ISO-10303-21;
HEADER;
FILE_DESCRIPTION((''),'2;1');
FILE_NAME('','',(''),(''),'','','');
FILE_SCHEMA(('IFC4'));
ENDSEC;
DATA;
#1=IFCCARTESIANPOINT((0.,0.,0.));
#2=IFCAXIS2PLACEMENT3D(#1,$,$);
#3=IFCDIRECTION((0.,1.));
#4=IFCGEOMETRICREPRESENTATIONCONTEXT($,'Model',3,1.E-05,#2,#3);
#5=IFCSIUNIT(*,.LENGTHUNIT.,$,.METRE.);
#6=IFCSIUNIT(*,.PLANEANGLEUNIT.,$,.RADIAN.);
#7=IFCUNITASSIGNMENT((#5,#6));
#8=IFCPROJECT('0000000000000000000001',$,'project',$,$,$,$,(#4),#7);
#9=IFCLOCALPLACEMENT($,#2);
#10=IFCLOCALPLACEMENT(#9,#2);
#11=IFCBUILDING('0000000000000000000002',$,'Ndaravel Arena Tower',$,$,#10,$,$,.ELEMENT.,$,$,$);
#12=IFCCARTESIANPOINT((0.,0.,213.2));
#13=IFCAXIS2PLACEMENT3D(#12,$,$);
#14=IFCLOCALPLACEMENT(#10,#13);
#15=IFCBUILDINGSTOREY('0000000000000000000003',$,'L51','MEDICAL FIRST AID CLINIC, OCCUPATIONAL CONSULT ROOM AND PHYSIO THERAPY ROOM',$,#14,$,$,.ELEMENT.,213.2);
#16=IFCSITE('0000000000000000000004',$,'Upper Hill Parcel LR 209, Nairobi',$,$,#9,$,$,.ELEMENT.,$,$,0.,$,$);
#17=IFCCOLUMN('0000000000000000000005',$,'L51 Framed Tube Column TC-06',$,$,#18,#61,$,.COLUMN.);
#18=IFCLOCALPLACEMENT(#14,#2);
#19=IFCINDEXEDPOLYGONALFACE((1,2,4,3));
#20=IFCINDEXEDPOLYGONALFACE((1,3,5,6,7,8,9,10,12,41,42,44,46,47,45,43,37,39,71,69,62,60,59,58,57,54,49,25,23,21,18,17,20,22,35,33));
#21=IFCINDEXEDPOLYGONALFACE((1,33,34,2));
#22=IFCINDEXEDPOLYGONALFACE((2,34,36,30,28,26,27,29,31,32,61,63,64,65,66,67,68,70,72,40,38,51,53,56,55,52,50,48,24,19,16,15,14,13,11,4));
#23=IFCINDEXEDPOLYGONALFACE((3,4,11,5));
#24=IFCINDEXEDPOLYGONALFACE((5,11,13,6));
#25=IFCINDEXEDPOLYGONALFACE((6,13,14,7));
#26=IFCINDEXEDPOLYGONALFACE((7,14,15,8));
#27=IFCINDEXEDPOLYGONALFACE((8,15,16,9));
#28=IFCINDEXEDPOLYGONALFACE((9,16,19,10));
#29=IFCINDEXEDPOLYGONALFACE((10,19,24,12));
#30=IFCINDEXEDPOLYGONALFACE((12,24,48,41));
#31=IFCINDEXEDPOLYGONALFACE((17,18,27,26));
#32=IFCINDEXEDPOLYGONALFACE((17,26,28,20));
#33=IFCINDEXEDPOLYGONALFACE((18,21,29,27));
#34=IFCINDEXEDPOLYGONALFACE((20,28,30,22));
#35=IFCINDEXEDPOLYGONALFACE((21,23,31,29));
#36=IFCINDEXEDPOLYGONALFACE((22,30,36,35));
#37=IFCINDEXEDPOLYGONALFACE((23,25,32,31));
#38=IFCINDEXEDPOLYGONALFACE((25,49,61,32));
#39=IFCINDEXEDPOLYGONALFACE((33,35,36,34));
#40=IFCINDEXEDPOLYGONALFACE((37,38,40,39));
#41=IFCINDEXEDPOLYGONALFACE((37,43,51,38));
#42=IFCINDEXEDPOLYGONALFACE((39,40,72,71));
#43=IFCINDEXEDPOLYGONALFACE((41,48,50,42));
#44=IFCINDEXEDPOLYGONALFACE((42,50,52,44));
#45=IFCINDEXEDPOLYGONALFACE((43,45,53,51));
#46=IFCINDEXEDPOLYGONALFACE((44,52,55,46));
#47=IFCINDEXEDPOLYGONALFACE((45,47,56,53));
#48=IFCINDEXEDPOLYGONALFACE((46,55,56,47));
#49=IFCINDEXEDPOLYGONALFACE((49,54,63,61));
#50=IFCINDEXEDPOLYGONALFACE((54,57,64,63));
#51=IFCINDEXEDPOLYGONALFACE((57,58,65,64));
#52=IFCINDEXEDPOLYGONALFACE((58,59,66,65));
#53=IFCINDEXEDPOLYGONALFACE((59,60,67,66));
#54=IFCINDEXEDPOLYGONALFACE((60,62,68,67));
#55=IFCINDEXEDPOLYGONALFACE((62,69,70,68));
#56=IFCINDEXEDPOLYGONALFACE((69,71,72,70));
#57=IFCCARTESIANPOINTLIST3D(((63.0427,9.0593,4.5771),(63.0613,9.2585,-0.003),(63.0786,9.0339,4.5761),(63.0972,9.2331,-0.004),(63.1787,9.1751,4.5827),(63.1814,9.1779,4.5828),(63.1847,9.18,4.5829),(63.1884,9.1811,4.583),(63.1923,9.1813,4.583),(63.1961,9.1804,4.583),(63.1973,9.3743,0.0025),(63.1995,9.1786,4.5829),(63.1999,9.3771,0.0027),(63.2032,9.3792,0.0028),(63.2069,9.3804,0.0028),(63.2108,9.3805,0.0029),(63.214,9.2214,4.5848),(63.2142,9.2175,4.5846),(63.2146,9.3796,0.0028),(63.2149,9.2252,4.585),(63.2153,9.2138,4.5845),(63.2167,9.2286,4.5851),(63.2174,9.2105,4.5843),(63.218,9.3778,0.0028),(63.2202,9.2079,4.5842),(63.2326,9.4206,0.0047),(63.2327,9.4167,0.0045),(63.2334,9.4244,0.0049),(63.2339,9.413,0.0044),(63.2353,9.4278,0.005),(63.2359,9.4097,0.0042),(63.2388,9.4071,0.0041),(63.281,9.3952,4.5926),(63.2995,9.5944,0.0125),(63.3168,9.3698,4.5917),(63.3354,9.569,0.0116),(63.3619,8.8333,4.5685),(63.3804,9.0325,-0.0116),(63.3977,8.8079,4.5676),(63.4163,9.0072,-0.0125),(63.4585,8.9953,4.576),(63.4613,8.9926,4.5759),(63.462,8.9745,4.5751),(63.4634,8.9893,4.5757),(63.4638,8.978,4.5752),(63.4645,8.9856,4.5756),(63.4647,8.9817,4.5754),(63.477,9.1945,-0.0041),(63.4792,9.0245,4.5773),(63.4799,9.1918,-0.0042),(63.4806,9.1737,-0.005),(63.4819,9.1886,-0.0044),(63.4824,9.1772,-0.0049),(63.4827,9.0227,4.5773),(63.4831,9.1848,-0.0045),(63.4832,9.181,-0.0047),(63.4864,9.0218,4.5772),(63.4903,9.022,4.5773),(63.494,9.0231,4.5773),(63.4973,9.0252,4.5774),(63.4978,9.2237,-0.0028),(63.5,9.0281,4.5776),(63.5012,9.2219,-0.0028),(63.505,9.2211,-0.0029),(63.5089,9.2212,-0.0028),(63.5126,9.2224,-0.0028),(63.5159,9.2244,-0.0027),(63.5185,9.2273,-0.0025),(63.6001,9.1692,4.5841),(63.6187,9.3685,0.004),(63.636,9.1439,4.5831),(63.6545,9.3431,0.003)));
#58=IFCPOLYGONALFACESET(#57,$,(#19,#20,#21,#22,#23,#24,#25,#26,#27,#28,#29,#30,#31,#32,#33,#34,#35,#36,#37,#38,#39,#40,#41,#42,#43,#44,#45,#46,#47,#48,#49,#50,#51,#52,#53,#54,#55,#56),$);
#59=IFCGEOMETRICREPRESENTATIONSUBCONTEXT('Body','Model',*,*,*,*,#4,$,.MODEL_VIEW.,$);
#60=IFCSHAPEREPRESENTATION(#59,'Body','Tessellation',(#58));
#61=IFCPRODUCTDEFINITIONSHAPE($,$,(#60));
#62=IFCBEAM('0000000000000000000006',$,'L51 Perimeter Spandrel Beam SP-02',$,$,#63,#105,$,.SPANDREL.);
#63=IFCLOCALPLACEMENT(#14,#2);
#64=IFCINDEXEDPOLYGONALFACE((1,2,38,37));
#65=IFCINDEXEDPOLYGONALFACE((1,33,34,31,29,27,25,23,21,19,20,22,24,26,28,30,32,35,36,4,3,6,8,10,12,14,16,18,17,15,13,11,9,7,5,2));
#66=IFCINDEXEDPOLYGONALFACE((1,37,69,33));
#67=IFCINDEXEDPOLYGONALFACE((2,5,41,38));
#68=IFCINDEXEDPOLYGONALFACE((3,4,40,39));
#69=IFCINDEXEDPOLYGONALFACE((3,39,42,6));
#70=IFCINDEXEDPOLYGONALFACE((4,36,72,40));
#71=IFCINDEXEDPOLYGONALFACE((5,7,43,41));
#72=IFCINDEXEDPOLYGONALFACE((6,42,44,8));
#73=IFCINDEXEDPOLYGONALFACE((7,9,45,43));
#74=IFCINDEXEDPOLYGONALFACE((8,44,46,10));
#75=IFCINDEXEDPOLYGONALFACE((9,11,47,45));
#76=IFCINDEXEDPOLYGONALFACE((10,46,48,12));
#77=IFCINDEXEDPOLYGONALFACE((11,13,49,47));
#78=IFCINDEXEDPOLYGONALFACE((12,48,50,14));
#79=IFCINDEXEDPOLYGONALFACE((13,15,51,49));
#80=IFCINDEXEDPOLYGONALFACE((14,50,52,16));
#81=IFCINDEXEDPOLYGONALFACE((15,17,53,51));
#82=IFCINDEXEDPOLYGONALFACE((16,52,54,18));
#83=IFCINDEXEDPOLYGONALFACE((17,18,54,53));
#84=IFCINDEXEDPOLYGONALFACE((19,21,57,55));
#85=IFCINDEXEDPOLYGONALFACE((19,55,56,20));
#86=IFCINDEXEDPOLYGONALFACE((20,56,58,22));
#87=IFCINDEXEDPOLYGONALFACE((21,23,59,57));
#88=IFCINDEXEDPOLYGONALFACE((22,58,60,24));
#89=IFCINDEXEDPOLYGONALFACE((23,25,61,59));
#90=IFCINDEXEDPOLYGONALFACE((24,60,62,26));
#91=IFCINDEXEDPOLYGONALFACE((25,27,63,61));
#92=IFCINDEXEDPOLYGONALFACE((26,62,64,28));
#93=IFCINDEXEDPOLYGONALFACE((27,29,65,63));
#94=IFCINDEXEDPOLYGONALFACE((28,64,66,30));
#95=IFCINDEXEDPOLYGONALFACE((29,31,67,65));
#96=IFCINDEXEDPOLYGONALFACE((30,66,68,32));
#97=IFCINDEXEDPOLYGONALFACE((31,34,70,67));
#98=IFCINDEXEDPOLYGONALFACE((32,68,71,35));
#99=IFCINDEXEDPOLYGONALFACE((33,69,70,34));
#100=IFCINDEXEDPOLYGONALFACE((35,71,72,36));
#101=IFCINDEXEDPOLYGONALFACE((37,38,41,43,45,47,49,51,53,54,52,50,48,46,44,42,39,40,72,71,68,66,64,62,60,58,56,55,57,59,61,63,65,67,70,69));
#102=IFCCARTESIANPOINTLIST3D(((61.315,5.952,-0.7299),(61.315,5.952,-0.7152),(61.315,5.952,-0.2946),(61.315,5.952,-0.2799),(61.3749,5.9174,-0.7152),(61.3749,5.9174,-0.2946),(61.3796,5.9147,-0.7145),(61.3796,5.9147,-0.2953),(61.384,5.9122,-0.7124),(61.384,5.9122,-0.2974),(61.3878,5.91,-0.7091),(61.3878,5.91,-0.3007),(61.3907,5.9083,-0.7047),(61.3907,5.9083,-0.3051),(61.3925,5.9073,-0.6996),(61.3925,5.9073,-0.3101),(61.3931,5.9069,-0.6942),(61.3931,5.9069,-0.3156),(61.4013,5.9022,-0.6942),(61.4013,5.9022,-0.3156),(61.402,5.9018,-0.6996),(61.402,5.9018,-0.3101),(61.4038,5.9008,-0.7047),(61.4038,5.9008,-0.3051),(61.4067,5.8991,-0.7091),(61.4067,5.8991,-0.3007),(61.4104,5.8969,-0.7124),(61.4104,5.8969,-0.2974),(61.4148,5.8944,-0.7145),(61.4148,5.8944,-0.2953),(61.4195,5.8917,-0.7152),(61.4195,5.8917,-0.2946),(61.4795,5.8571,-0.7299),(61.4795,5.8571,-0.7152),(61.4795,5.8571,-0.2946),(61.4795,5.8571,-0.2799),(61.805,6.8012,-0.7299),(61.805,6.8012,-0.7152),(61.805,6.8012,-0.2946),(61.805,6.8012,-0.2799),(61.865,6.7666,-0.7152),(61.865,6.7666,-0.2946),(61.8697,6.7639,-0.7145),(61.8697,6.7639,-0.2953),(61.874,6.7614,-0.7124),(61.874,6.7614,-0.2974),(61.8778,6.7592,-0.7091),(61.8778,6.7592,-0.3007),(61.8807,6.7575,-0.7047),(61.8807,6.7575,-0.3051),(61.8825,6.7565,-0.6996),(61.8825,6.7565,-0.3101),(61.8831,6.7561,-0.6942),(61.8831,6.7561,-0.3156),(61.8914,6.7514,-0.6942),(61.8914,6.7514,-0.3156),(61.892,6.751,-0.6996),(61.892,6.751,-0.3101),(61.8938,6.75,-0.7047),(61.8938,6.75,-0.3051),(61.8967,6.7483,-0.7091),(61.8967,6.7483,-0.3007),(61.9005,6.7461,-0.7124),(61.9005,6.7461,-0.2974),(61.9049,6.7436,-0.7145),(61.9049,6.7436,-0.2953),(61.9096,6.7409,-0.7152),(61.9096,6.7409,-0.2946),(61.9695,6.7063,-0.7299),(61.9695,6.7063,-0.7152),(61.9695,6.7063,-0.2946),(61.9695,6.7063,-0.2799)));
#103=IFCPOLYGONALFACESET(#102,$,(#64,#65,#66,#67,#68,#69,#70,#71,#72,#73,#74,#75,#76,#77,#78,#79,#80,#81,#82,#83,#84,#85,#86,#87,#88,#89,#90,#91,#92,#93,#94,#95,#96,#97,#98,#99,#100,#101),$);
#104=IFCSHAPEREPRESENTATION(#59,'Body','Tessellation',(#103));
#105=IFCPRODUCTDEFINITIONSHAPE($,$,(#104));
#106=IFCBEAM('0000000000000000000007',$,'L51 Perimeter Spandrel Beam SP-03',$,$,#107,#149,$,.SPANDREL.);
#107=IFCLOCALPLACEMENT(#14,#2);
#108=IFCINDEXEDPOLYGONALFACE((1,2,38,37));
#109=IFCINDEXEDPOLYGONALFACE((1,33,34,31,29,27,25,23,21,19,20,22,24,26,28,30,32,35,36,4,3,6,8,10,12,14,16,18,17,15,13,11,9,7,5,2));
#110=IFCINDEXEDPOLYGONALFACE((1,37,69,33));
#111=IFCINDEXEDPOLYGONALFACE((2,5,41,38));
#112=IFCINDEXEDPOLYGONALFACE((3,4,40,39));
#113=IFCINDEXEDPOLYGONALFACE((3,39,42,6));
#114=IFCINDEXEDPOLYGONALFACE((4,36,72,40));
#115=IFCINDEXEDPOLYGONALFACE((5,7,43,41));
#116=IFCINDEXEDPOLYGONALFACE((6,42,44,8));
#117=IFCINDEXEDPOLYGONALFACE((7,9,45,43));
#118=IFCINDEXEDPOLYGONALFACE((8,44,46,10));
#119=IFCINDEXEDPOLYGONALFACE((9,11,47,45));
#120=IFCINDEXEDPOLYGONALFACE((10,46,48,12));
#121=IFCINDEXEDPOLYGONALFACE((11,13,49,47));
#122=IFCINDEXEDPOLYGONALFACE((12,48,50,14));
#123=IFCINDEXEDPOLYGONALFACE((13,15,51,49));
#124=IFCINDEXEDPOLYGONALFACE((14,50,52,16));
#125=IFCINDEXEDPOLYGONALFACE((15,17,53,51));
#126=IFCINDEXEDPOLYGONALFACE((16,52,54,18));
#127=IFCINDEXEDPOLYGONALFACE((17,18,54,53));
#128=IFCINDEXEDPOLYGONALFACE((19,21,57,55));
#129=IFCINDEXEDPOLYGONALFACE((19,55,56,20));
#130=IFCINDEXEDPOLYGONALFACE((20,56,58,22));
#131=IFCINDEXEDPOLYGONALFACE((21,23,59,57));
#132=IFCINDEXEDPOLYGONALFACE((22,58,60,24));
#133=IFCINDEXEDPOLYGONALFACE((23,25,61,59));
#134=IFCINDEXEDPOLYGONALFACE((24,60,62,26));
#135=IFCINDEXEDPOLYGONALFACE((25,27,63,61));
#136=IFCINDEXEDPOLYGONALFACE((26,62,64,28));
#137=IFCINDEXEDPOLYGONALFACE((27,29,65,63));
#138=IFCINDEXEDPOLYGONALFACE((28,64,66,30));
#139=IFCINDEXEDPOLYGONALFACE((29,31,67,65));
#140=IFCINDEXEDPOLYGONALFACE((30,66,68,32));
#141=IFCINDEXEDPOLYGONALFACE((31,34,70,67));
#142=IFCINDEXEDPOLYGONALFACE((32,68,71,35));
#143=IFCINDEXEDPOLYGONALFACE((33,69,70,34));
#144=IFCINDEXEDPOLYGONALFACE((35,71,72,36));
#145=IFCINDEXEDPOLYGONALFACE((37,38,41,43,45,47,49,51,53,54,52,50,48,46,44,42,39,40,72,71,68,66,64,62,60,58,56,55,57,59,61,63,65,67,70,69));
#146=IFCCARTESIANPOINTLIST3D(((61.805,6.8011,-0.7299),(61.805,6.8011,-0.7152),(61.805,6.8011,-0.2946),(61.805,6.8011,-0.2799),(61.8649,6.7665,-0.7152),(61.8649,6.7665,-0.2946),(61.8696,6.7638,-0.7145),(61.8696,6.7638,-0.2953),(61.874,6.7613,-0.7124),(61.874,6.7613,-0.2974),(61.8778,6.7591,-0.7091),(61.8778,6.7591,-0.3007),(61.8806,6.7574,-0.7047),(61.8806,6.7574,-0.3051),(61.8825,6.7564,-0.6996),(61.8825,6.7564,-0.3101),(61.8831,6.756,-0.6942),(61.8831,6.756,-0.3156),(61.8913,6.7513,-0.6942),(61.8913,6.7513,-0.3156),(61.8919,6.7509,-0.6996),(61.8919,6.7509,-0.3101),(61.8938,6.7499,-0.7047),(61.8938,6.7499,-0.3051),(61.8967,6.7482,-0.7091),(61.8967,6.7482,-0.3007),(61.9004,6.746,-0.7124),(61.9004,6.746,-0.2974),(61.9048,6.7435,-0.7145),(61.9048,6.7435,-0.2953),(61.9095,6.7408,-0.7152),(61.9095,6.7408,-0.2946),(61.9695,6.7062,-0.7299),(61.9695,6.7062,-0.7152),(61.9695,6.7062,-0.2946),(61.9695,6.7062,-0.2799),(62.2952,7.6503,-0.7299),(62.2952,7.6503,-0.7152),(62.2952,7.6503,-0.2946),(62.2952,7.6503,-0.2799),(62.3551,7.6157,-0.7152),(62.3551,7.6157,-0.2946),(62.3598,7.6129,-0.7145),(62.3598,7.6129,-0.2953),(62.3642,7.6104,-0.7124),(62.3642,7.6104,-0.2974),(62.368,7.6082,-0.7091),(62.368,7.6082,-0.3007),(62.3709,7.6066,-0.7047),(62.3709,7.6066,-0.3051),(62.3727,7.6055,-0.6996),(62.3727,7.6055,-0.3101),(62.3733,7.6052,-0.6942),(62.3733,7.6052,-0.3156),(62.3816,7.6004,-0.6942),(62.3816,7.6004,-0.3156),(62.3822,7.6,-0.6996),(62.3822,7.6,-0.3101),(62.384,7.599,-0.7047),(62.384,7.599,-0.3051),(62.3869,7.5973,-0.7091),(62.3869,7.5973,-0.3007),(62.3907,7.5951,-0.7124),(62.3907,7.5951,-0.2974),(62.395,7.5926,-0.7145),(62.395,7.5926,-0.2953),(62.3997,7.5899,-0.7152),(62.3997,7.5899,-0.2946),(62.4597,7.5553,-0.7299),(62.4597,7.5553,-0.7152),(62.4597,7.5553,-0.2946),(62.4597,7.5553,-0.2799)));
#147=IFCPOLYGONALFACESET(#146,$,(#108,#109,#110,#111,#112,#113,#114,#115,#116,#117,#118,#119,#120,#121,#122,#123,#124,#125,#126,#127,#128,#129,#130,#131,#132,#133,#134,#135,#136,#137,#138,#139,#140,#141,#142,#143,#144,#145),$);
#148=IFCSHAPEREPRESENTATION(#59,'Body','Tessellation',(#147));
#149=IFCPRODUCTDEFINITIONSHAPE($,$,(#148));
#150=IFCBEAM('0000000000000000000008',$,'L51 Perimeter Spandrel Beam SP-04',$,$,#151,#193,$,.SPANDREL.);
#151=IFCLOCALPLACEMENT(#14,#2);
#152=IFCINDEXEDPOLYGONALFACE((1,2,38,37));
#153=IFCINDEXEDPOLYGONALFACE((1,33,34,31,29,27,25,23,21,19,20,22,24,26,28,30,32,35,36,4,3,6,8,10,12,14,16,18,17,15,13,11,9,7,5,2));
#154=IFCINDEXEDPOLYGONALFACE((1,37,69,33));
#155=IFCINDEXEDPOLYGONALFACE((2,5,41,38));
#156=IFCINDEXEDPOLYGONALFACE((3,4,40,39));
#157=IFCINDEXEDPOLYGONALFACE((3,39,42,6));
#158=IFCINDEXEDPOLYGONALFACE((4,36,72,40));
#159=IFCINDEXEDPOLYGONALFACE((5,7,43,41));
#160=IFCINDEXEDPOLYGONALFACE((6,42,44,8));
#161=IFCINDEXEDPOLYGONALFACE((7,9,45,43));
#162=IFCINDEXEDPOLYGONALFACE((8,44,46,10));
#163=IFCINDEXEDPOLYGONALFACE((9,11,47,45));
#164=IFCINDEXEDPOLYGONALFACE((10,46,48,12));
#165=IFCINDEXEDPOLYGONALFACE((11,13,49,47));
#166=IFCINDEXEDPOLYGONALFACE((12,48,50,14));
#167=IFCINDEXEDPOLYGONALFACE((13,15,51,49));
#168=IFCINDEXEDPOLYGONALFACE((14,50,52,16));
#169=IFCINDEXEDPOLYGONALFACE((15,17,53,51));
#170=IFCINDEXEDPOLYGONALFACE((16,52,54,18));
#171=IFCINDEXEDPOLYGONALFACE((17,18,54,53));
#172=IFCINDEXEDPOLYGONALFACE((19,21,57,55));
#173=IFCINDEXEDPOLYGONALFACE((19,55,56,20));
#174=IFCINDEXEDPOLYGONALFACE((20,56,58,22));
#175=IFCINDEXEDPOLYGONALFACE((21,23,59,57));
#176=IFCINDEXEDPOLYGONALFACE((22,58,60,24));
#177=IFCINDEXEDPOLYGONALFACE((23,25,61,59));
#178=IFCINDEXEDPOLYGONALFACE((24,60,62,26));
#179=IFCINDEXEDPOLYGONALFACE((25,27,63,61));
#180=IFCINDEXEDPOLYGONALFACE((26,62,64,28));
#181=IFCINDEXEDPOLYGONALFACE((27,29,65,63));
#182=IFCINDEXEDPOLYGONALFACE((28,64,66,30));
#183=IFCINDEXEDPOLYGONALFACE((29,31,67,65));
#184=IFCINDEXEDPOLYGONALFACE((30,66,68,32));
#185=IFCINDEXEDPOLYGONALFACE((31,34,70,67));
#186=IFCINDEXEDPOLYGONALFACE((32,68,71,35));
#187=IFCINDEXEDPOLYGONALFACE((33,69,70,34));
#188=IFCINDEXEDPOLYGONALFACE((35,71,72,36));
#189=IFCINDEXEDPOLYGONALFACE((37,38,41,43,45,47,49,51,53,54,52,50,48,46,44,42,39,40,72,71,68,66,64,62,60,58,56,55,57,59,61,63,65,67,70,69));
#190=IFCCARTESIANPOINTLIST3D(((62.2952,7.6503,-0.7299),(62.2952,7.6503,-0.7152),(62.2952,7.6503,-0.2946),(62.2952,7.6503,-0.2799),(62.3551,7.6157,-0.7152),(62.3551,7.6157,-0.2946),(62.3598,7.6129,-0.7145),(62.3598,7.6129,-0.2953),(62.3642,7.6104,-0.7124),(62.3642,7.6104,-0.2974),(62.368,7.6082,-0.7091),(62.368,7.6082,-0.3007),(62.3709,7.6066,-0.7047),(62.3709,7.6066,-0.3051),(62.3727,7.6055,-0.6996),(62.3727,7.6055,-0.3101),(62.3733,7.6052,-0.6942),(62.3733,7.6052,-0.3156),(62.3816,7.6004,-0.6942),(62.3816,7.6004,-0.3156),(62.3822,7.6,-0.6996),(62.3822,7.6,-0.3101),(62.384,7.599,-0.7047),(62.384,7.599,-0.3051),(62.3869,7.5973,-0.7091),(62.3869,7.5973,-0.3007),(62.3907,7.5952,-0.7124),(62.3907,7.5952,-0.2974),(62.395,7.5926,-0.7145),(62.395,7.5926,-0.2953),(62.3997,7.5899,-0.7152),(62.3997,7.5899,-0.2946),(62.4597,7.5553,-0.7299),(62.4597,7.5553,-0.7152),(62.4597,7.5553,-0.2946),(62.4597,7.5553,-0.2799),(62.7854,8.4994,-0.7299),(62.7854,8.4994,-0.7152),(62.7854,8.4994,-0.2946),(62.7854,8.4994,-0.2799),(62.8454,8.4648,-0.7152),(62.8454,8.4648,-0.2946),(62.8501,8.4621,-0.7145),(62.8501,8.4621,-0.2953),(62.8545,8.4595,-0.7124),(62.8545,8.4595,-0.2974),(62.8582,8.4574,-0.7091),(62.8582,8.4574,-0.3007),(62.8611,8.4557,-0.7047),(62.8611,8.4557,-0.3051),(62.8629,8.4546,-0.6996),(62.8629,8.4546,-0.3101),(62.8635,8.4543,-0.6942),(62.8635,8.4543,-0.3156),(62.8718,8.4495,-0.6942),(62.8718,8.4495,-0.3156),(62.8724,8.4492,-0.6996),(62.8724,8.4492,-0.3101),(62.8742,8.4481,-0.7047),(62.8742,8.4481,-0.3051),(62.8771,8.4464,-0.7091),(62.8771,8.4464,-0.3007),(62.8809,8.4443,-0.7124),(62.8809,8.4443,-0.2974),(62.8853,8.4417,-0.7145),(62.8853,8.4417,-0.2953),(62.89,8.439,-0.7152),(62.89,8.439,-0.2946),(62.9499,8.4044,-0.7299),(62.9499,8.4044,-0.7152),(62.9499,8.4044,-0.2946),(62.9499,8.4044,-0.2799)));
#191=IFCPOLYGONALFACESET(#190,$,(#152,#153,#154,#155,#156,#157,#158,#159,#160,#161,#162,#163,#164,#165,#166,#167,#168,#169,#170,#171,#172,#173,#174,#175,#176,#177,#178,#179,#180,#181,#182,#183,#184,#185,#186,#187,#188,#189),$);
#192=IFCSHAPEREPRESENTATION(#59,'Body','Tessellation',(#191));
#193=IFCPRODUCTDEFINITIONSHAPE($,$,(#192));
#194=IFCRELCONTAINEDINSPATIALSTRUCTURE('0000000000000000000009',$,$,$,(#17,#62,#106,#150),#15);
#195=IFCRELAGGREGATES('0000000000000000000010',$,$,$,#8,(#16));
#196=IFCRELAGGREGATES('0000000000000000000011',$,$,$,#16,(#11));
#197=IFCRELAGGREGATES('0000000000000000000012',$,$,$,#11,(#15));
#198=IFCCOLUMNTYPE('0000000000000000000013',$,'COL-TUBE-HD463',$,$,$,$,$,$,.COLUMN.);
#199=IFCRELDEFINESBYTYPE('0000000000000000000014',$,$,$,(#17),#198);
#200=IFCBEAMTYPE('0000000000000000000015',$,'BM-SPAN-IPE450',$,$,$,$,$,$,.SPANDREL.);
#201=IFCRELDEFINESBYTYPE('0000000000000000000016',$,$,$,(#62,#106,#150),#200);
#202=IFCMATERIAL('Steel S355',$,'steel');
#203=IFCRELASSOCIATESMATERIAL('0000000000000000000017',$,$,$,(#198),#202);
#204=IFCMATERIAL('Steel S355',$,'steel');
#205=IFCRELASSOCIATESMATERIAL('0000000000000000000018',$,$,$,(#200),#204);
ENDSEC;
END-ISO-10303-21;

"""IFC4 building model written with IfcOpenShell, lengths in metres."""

from ifc_helpers import new_model, si_unit, direction, frame, origin, origin_2d, place, context, subcontext, project, spatial, i_section, extrude, material, material_profile, profile_set, type_object, element, save


model = new_model("IFC4")

# Units and contexts
model_context = context("Model", 3, precision=1e-05, world=origin(), true_north=direction((0.0, 1.0)))
body_context = subcontext(model_context, "Body", "Model", "MODEL_VIEW")
ifc_project = project(units=[si_unit("LENGTHUNIT", "METRE"), si_unit("PLANEANGLEUNIT", "RADIAN")], contexts=[model_context])

# Site, building, storey
site_placement = place(None, origin())
site = spatial("IfcSite", under=ifc_project, at=site_placement, Name="Upper Hill Parcel LR 209, Nairobi", CompositionType="ELEMENT", RefElevation=0.0)
building_placement = place(site_placement, origin())
building = spatial("IfcBuilding", under=site, at=building_placement, Name="Ndaravel Arena Tower", CompositionType="ELEMENT")
storey_placement = place(building_placement, frame((0.0, 0.0, 213.2)))
storey = spatial("IfcBuildingStorey", under=building, at=storey_placement, Name="L51", Description="MEDICAL FIRST AID CLINIC, OCCUPATIONAL CONSULT ROOM AND PHYSIO THERAPY ROOM", CompositionType="ELEMENT", Elevation=213.2)

# Column
ifc_material_1 = material(Name="Steel S355", Category="steel")
ifc_material_profile_1 = material_profile(ifc_material_1, i_section(OverallWidth=0.4121, OverallDepth=0.4351, WebThickness=0.0359, FlangeThickness=0.0439, FilletRadius=0.0149, at=origin_2d()), Name="HD 400x463")
ifc_profile_set_1 = profile_set([ifc_material_profile_1], Name="Steel S355")
column_type = type_object("IfcColumnType", Name="COL-TUBE-HD463", PredefinedType="COLUMN", material=ifc_profile_set_1)
column_1_placement = place(storey_placement, frame((63.3579, 9.3008, 0.0), z_axis=(-0.004047, -0.043455, 0.999047), x_axis=(0.57808, 0.815104, 0.037796)))
element("IfcColumn", 1, at=column_1_placement, inside=storey, type_object=column_type, Name="L51 Framed Tube Column TC-06", PredefinedType="COLUMN", context=body_context, shape_type="SweptSolid", body=[
    extrude(i_section(OverallWidth=0.4121, OverallDepth=0.4351, WebThickness=0.0359, FlangeThickness=0.0439, FilletRadius=0.0149, at=origin_2d()), origin(), (0.0, 0.0, 1.0), 4.5845),
])

# Beams
ifc_material_2 = material(Name="Steel S355", Category="steel")
ifc_material_profile_2 = material_profile(ifc_material_2, i_section(OverallWidth=0.1899, OverallDepth=0.45, WebThickness=0.0095, FlangeThickness=0.0146, FilletRadius=0.021, at=origin_2d()), Name="IPE 450")
ifc_profile_set_2 = profile_set([ifc_material_profile_2], Name="Steel S355")
beam_type_1 = type_object("IfcBeamType", Name="BM-SPAN-IPE450", PredefinedType="SPANDREL", material=ifc_profile_set_2)
for number, where, z_axis, x_axis, name in (
    (2, (61.3972, 5.9045, -0.5049), (0.499809, 0.866136, 0.0), (-0.866136, 0.499809, 0.0), "L51 Perimeter Spandrel Beam SP-02"),
    (3, (61.8872, 6.7537, -0.5049), (0.499995, 0.866028, 0.0), (-0.866028, 0.499995, 0.0), "L51 Perimeter Spandrel Beam SP-03"),
    (4, (62.3774, 7.6028, -0.5049), (0.499995, 0.866028, 0.0), (-0.866028, 0.499995, 0.0), "L51 Perimeter Spandrel Beam SP-04"),
):
    element("IfcBeam", number, at=place(storey_placement, frame(where, z_axis=z_axis, x_axis=x_axis)), inside=storey, type_object=beam_type_1, Name=name, PredefinedType="SPANDREL", context=body_context, shape_type="SweptSolid", body=[
        extrude(i_section(OverallWidth=0.1899, OverallDepth=0.45, WebThickness=0.0095, FlangeThickness=0.0146, FilletRadius=0.021, at=origin_2d()), origin(), (0.0, 0.0, 1.0), 0.9805),
    ])

save(model, "model.ifc")
